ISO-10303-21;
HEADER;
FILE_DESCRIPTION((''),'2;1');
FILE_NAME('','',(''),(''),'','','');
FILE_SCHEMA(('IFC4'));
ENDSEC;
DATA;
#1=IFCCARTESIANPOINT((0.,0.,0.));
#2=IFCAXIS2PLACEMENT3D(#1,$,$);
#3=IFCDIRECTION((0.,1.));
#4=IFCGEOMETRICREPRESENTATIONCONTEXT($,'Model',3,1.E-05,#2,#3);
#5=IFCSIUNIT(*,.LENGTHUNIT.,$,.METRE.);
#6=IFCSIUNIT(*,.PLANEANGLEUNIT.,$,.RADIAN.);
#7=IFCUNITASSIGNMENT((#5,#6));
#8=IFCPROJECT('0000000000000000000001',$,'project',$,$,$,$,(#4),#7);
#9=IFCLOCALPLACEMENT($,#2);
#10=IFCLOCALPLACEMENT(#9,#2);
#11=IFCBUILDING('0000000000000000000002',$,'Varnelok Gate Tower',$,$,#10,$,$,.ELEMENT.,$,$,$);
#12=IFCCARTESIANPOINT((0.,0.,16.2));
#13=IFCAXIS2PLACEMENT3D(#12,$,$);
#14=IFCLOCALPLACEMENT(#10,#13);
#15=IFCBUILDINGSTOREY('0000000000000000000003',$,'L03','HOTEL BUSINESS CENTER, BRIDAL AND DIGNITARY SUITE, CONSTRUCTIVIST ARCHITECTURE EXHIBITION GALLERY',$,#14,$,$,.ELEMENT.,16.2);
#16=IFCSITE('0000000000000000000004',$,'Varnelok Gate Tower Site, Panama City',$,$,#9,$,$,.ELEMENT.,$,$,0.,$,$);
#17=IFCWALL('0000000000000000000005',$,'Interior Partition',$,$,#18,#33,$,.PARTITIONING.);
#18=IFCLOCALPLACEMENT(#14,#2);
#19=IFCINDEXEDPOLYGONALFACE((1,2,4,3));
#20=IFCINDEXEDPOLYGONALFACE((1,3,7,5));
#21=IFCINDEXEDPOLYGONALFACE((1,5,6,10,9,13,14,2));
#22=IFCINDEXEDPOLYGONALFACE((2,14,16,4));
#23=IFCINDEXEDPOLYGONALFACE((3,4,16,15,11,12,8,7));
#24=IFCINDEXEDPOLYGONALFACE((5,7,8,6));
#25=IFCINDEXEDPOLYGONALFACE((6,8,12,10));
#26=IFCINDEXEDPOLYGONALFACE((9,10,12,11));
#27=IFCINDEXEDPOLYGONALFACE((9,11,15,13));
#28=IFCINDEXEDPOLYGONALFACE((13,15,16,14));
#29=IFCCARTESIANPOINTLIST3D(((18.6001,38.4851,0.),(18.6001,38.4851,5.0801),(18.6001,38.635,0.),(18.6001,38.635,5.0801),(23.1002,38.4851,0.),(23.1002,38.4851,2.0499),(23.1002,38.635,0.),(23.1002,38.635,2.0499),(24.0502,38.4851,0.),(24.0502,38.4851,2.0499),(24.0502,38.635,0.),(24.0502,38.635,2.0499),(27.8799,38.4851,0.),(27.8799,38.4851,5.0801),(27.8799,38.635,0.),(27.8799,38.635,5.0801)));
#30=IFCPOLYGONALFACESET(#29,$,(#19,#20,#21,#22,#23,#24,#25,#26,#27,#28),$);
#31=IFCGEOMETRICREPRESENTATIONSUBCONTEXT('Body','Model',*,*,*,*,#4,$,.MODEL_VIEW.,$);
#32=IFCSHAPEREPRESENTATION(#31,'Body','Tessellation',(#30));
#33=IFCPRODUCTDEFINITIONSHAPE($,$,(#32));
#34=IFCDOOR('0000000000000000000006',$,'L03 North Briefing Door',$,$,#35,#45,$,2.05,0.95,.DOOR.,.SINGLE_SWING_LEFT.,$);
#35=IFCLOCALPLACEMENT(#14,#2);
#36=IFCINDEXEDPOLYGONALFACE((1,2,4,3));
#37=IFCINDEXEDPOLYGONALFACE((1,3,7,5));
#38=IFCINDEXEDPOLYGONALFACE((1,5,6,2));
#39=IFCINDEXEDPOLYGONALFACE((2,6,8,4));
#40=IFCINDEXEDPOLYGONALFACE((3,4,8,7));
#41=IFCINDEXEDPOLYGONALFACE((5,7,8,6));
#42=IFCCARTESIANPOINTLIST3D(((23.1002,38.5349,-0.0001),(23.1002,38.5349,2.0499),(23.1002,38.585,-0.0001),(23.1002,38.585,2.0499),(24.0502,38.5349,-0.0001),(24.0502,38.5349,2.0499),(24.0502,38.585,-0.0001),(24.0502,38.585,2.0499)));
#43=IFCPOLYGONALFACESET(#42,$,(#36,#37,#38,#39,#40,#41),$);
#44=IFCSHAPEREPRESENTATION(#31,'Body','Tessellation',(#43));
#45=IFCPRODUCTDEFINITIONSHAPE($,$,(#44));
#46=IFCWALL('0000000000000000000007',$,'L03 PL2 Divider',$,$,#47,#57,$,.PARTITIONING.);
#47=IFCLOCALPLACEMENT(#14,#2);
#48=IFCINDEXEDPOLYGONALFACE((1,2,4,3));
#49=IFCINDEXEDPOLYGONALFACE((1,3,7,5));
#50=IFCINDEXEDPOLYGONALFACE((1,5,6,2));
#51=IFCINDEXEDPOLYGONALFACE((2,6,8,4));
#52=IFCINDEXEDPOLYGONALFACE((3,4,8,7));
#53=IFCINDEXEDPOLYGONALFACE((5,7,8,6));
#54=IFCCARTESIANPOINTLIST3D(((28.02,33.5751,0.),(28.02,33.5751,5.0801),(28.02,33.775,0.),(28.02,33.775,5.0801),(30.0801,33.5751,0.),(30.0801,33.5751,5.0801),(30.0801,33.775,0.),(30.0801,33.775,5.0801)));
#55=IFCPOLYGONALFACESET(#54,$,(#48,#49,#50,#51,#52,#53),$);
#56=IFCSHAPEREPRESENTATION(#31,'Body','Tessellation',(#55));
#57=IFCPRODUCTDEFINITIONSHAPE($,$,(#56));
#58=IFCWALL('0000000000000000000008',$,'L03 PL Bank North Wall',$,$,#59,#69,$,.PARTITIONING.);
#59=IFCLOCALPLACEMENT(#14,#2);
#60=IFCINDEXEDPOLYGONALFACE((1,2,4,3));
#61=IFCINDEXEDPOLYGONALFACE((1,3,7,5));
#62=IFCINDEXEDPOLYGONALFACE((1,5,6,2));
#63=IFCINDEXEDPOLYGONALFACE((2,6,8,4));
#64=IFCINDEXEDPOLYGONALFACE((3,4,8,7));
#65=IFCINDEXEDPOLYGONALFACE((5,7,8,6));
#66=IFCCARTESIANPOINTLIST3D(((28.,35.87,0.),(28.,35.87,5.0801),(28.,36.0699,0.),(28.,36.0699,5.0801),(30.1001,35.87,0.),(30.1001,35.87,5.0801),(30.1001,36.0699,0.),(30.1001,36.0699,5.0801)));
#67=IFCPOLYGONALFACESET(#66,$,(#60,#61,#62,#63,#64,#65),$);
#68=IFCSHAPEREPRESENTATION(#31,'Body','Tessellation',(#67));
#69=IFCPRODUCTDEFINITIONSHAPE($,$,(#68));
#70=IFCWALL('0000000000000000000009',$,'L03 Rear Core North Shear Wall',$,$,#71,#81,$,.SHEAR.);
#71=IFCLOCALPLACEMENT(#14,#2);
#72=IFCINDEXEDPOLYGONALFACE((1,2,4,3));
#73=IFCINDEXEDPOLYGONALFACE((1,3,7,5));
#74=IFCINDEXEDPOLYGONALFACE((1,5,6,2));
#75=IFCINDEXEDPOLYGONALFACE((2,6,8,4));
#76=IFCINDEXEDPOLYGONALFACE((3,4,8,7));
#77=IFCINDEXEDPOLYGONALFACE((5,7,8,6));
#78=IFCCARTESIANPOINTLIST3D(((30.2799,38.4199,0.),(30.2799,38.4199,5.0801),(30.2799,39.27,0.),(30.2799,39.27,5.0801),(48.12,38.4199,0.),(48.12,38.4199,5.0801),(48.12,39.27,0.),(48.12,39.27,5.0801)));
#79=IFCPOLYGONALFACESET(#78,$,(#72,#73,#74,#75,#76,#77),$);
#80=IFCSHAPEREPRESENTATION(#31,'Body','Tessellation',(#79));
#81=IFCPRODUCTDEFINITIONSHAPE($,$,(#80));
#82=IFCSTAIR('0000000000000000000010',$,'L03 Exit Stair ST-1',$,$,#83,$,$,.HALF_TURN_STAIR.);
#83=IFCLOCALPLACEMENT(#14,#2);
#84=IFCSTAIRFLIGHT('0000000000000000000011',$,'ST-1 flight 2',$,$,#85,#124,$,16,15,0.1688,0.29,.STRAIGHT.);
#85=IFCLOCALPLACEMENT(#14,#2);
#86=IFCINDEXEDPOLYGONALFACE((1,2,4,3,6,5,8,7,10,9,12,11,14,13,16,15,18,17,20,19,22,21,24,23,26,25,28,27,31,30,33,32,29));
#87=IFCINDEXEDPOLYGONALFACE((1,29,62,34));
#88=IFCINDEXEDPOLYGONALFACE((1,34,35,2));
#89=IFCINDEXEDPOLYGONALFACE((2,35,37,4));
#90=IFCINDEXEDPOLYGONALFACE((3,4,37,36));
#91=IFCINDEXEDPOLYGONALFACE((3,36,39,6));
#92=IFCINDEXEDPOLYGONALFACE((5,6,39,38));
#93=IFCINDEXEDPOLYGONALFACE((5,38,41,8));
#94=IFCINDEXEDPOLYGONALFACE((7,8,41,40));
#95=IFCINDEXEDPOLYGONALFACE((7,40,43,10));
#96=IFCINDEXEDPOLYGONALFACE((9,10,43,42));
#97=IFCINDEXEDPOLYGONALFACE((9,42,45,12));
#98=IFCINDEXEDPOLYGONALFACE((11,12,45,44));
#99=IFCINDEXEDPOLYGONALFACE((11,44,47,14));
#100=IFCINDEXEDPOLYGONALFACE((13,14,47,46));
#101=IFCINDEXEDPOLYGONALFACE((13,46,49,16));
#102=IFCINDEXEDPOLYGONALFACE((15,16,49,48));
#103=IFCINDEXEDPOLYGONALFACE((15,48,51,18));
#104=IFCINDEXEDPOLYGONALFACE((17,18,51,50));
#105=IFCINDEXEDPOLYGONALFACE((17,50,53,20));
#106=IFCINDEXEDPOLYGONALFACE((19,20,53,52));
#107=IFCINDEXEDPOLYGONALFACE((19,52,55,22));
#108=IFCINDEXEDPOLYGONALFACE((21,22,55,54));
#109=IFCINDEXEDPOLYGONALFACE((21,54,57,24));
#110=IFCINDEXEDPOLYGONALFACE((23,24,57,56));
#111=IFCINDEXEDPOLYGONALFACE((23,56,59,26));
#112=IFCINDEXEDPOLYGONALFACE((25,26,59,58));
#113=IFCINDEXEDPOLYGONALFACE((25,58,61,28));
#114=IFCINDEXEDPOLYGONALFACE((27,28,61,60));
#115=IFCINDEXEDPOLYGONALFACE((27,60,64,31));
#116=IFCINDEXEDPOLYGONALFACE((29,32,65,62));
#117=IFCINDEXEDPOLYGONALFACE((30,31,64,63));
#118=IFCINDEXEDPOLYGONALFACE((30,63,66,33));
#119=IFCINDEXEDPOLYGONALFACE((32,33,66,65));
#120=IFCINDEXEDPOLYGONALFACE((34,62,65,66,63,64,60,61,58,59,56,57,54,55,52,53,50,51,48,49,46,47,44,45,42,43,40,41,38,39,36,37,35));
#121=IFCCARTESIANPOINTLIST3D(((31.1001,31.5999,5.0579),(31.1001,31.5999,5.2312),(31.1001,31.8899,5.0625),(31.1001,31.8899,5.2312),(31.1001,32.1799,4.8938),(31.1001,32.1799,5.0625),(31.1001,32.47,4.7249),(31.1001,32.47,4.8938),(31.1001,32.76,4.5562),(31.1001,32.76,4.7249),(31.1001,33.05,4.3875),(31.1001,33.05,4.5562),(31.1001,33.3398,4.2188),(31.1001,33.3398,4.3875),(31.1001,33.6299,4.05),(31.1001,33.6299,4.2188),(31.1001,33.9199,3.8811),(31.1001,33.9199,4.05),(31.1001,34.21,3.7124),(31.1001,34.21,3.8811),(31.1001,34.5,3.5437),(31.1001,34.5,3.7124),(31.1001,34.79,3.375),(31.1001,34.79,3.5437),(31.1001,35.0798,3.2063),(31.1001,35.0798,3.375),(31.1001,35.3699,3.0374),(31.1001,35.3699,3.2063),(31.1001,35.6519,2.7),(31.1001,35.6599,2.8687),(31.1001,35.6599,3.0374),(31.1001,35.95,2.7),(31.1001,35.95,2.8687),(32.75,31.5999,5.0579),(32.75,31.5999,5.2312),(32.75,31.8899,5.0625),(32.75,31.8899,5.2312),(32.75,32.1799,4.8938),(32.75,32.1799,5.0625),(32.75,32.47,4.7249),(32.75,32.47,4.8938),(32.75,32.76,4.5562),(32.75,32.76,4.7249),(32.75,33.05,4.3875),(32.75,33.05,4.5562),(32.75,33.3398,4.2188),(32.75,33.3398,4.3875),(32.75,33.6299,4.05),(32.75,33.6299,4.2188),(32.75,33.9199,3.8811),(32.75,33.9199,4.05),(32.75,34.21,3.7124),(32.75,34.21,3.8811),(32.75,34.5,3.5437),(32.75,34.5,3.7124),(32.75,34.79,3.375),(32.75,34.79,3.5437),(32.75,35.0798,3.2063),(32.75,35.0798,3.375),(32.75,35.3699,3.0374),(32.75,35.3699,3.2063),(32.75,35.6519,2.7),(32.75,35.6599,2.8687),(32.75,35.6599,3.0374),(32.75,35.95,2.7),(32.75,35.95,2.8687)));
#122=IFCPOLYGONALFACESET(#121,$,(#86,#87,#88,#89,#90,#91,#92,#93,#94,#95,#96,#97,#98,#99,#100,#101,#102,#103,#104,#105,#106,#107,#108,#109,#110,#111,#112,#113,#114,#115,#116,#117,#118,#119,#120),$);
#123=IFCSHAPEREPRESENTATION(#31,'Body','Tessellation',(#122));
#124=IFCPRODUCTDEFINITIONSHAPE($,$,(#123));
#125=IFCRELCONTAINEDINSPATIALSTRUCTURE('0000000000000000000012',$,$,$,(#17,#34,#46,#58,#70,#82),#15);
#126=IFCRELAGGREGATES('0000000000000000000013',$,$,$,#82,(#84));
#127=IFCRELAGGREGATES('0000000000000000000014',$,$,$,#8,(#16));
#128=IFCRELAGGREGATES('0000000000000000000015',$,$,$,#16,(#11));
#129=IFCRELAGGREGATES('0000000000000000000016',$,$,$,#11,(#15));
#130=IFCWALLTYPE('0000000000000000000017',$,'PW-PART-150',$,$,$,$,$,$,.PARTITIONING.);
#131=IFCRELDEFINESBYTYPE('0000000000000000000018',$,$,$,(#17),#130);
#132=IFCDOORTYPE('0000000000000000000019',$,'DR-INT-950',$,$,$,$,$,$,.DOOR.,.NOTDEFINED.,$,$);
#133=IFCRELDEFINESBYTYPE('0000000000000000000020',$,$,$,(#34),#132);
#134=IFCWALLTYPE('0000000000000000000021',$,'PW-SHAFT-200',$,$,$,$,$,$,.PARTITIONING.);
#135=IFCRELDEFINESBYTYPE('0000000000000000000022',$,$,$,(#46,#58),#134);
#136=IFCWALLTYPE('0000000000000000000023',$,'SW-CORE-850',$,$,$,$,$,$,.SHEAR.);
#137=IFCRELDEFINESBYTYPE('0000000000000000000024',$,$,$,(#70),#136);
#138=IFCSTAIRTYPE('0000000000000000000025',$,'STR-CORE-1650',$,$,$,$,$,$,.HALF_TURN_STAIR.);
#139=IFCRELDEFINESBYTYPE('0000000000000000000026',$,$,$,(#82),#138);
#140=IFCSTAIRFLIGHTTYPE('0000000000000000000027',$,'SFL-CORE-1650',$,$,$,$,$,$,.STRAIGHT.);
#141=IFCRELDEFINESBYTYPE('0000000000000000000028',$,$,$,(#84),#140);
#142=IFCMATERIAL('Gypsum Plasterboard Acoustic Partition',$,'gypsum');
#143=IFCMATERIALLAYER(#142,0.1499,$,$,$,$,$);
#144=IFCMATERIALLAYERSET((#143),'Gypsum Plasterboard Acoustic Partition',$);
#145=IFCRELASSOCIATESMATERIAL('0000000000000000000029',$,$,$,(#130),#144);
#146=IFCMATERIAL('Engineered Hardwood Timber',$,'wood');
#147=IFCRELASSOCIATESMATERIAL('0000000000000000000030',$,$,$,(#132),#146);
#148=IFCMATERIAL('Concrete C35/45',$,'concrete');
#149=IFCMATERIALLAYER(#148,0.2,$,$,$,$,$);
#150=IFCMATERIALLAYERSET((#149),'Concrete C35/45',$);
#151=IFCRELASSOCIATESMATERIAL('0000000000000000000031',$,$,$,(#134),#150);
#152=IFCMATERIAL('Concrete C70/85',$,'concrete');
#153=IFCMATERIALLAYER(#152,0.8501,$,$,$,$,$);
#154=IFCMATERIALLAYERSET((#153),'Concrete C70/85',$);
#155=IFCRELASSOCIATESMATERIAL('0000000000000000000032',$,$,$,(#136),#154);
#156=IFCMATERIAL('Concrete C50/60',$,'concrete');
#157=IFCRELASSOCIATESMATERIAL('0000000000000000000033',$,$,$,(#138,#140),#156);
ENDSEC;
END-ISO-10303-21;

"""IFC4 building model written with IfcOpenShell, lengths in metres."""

from ifc_helpers import new_model, si_unit, direction, frame, frame_2d, origin, place, context, subcontext, project, spatial, polyline, rectangle, outline, extrude, material, layer, layer_set, type_object, element, fill, aggregate, save


model = new_model("IFC4")

# Units and contexts
model_context = context("Model", 3, precision=1e-05, world=origin(), true_north=direction((0.0, 1.0)))
body_context = subcontext(model_context, "Body", "Model", "MODEL_VIEW")
ifc_project = project(units=[si_unit("LENGTHUNIT", "METRE"), si_unit("PLANEANGLEUNIT", "RADIAN")], contexts=[model_context])

# Site, building, storey
site_placement = place(None, origin())
site = spatial("IfcSite", under=ifc_project, at=site_placement, Name="Varnelok Gate Tower Site, Panama City", CompositionType="ELEMENT", RefElevation=0.0)
building_placement = place(site_placement, origin())
building = spatial("IfcBuilding", under=site, at=building_placement, Name="Varnelok Gate Tower", CompositionType="ELEMENT")
storey_placement = place(building_placement, frame((0.0, 0.0, 16.2)))
storey = spatial("IfcBuildingStorey", under=building, at=storey_placement, Name="L03", Description="HOTEL BUSINESS CENTER, BRIDAL AND DIGNITARY SUITE, CONSTRUCTIVIST ARCHITECTURE EXHIBITION GALLERY", CompositionType="ELEMENT", Elevation=16.2)

# Shared definitions
ifc_material_1 = material(Name="Concrete C70/85", Category="concrete")

# Shared definitions
ifc_material_2 = material(Name="Gypsum Plasterboard Acoustic Partition", Category="gypsum")

# Wall, opening, door
ifc_layer_1 = layer(ifc_material_2, 0.1499)
ifc_layer_set_1 = layer_set([ifc_layer_1], Name="Gypsum Plasterboard Acoustic Partition")
wall_type_1 = type_object("IfcWallType", Name="PW-PART-150", PredefinedType="PARTITIONING", material=ifc_layer_set_1)
wall_1_placement = place(storey_placement, frame((18.6001, 38.5601, 0.0), z_axis=(0.0, 0.0, 1.0), x_axis=(1.0, 0.0, 0.0)))
wall_1 = element("IfcWall", 1, at=wall_1_placement, inside=storey, type_object=wall_type_1, Name="Interior Partition", PredefinedType="PARTITIONING", context=body_context, shape_type="SweptSolid", body=[
    extrude(rectangle(XDim=9.2798, YDim=0.1499, at=frame_2d((4.6399, 0.0))), origin(), (0.0, 0.0, 1.0), 5.0801),
])
opening_1_placement = place(wall_1_placement, frame((4.5, 0.0, 0.0)))
opening_1 = element("IfcOpeningElement", 2, at=opening_1_placement, cuts=wall_1, PredefinedType="OPENING", context=body_context, shape_type="SweptSolid", body=[
    extrude(rectangle(XDim=0.95, YDim=2.05, at=frame_2d((0.4751, 1.0249))), frame((0.0, 0.085, 0.0), z_axis=(0.0, -1.0, 0.0), x_axis=(1.0, 0.0, 0.0)), (0.0, 0.0, 1.0), 0.1699),
])
ifc_material_3 = material(Name="Engineered Hardwood Timber", Category="wood")
door_type = type_object("IfcDoorType", Name="DR-INT-950", OperationType="NOTDEFINED", PredefinedType="DOOR", material=ifc_material_3)
door_placement = place(opening_1_placement, origin())
door = element("IfcDoor", 3, at=door_placement, inside=storey, type_object=door_type, Name="L03 North Briefing Door", OperationType="SINGLE_SWING_LEFT", OverallHeight=2.05, OverallWidth=0.95, PredefinedType="DOOR", context=body_context, shape_type="SweptSolid", body=[
    extrude(rectangle(XDim=0.95, YDim=2.05, at=frame_2d((0.4751, 1.0249))), frame((0.0, 0.0249, 0.0), z_axis=(0.0, -1.0, 0.0), x_axis=(1.0, 0.0, 0.0)), (0.0, 0.0, 1.0), 0.05),
])
fill(opening_1, door)

# Walls
ifc_material_4 = material(Name="Concrete C35/45", Category="concrete")
ifc_layer_2 = layer(ifc_material_4, 0.2)
ifc_layer_set_2 = layer_set([ifc_layer_2], Name="Concrete C35/45")
wall_type_2 = type_object("IfcWallType", Name="PW-SHAFT-200", PredefinedType="PARTITIONING", material=ifc_layer_set_2)
wall_2_placement = place(storey_placement, frame((28.02, 33.675, 0.0), z_axis=(0.0, 0.0, 1.0), x_axis=(1.0, 0.0, 0.0)))
element("IfcWall", 4, at=wall_2_placement, inside=storey, type_object=wall_type_2, Name="L03 PL2 Divider", PredefinedType="PARTITIONING", context=body_context, shape_type="SweptSolid", body=[
    extrude(rectangle(XDim=2.0601, YDim=0.2, at=frame_2d((1.03, 0.0))), origin(), (0.0, 0.0, 1.0), 5.0801),
])
wall_3_placement = place(storey_placement, frame((28.0, 35.97, 0.0), z_axis=(0.0, 0.0, 1.0), x_axis=(1.0, 0.0, 0.0)))
element("IfcWall", 5, at=wall_3_placement, inside=storey, type_object=wall_type_2, Name="L03 PL Bank North Wall", PredefinedType="PARTITIONING", context=body_context, shape_type="SweptSolid", body=[
    extrude(rectangle(XDim=2.1001, YDim=0.2, at=frame_2d((1.05, 0.0))), origin(), (0.0, 0.0, 1.0), 5.0801),
])
ifc_layer_3 = layer(ifc_material_1, 0.8501)
ifc_layer_set_3 = layer_set([ifc_layer_3], Name="Concrete C70/85")
wall_type_3 = type_object("IfcWallType", Name="SW-CORE-850", PredefinedType="SHEAR", material=ifc_layer_set_3)
wall_4_placement = place(storey_placement, frame((30.28, 38.845, 0.0), z_axis=(0.0, 0.0, 1.0), x_axis=(1.0, 0.0, 0.0)))
element("IfcWall", 6, at=wall_4_placement, inside=storey, type_object=wall_type_3, Name="L03 Rear Core North Shear Wall", PredefinedType="SHEAR", context=body_context, shape_type="SweptSolid", body=[
    extrude(rectangle(XDim=17.8401, YDim=0.8501, at=frame_2d((8.9199, 0.0))), origin(), (0.0, 0.0, 1.0), 5.0801),
])

# Stair, stair flight
ifc_material_5 = material(Name="Concrete C50/60", Category="concrete")
stair_type = type_object("IfcStairType", Name="STR-CORE-1650", PredefinedType="HALF_TURN_STAIR", material=ifc_material_5)
stair_placement = place(storey_placement, origin())
stair = element("IfcStair", 7, at=stair_placement, inside=storey, type_object=stair_type, Name="L03 Exit Stair ST-1", PredefinedType="HALF_TURN_STAIR")
stair_flight_type = type_object("IfcStairFlightType", Name="SFL-CORE-1650", PredefinedType="STRAIGHT", material=ifc_material_5)
stair_flight_placement = place(storey_placement, frame((31.925, 35.95, 2.7), z_axis=(0.0, 0.0, 1.0), x_axis=(0.0, -1.0, 0.0)))
stair_flight = element("IfcStairFlight", 8, at=stair_flight_placement, type_object=stair_flight_type, Name="ST-1 flight 2", NumberOfRisers=16, NumberOfTreads=15, PredefinedType="STRAIGHT", RiserHeight=0.1688, TreadLength=0.29, context=body_context, shape_type="SweptSolid", body=[
    extrude(outline(polyline([(0.0, 0.0), (0.0, 0.1687), (0.29, 0.1687), (0.29, 0.3374), (0.5801, 0.3374), (0.5801, 0.5063), (0.8701, 0.5063), (0.8701, 0.675), (1.1599, 0.675), (1.1599, 0.8438), (1.45, 0.8438), (1.45, 1.0125), (1.74, 1.0125), (1.74, 1.1812), (2.03, 1.1812), (2.03, 1.3501), (2.3201, 1.3501), (2.3201, 1.5188), (2.6101, 1.5188), (2.6101, 1.6875), (2.8999, 1.6875), (2.8999, 1.8562), (3.1899, 1.8562), (3.1899, 2.0249), (3.48, 2.0249), (3.48, 2.1938), (3.77, 2.1938), (3.77, 2.3625), (4.0601, 2.3625), (4.0601, 2.5312), (4.3501, 2.5312), (4.3501, 2.7), (4.3501, 2.3579), (0.2981, 0.0), (0.0, 0.0)])), frame((0.0, 0.825, 0.0), z_axis=(0.0, -1.0, 0.0), x_axis=(1.0, 0.0, 0.0)), (0.0, 0.0, 1.0), 1.6499),
])
aggregate(stair, [stair_flight])

save(model, "model.ifc")
